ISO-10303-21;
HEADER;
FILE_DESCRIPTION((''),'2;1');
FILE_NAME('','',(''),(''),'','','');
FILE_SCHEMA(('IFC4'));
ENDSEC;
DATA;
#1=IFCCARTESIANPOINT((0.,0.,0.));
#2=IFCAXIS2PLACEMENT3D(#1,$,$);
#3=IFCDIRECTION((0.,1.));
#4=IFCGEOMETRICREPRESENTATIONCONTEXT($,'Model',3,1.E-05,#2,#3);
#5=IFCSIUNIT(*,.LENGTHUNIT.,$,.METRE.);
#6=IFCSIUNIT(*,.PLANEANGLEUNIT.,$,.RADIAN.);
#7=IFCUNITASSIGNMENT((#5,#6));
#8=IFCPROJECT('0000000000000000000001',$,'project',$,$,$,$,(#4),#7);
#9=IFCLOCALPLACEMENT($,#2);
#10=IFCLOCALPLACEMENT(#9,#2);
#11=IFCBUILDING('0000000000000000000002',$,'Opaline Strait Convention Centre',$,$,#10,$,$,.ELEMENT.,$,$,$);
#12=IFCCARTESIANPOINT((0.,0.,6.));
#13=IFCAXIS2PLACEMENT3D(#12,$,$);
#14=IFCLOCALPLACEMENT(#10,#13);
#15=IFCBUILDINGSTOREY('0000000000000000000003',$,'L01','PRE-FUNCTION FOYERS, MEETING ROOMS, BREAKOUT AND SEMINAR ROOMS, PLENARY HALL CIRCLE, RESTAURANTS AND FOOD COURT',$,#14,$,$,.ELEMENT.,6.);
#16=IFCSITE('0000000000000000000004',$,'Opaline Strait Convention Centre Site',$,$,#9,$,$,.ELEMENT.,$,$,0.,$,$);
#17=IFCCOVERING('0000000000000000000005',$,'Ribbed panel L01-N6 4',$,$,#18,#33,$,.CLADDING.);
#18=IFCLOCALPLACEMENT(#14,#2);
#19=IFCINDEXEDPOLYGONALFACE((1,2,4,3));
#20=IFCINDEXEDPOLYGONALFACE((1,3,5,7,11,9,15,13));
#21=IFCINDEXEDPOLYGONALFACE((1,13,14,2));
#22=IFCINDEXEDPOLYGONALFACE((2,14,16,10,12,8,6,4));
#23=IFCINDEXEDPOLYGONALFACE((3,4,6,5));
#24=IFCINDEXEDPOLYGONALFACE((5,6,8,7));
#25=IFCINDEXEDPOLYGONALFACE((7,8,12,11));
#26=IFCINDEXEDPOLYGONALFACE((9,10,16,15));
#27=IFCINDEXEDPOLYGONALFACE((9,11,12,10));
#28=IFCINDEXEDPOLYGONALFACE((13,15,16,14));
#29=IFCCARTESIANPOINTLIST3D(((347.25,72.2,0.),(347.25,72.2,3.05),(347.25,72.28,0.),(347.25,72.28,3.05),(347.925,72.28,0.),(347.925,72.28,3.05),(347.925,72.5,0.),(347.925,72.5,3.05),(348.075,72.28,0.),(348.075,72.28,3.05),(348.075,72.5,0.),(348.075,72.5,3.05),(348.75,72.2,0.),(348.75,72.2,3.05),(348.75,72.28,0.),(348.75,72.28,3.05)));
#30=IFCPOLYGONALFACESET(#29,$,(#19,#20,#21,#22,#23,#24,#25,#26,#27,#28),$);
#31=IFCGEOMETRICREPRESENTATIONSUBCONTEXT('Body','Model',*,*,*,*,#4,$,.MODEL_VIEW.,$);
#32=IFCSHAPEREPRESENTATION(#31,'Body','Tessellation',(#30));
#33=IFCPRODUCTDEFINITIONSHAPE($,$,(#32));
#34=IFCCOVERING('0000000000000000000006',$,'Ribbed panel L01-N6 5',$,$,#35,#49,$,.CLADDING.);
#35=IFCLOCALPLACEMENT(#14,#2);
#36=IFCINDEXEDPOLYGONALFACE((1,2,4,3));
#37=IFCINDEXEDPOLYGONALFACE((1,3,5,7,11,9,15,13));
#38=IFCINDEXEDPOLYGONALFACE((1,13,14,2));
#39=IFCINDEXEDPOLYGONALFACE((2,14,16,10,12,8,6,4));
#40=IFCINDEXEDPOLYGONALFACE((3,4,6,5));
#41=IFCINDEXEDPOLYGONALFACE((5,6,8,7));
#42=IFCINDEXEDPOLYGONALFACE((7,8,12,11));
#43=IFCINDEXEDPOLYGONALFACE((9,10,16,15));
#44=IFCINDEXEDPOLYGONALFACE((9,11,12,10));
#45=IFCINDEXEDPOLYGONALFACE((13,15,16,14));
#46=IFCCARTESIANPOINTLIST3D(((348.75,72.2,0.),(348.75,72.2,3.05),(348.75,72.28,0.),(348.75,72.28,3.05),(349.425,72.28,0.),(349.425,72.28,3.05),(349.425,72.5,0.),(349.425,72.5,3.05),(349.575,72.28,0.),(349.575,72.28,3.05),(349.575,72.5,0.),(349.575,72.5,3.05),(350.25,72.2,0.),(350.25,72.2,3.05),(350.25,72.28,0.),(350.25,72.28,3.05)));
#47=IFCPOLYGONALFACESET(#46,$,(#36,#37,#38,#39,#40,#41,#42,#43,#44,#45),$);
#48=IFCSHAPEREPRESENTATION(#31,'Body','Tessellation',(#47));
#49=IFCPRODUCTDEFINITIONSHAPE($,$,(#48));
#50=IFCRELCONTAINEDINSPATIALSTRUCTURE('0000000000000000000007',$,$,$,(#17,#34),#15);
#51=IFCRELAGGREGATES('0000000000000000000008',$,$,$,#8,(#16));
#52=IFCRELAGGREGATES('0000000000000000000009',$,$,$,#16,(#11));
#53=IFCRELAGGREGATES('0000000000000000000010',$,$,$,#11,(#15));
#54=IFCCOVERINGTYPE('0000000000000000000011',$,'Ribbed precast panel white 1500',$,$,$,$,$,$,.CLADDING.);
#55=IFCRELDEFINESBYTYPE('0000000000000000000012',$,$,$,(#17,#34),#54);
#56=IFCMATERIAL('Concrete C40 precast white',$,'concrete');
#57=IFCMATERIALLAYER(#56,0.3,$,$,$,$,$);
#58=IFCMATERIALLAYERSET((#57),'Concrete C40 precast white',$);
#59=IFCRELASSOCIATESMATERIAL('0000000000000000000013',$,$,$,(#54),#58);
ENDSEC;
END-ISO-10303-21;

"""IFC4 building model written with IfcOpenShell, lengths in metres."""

from ifc_helpers import new_model, si_unit, direction, frame, origin, place, context, subcontext, project, spatial, polyline, outline, extrude, material, layer, layer_set, type_object, element, save


model = new_model("IFC4")

# Units and contexts
model_context = context("Model", 3, precision=1e-05, world=origin(), true_north=direction((0.0, 1.0)))
body_context = subcontext(model_context, "Body", "Model", "MODEL_VIEW")
ifc_project = project(units=[si_unit("LENGTHUNIT", "METRE"), si_unit("PLANEANGLEUNIT", "RADIAN")], contexts=[model_context])

# Site, building, storey
site_placement = place(None, origin())
site = spatial("IfcSite", under=ifc_project, at=site_placement, Name="Opaline Strait Convention Centre Site", CompositionType="ELEMENT", RefElevation=0.0)
building_placement = place(site_placement, origin())
building = spatial("IfcBuilding", under=site, at=building_placement, Name="Opaline Strait Convention Centre", CompositionType="ELEMENT")
storey_placement = place(building_placement, frame((0.0, 0.0, 6.0)))
storey = spatial("IfcBuildingStorey", under=building, at=storey_placement, Name="L01", Description="PRE-FUNCTION FOYERS, MEETING ROOMS, BREAKOUT AND SEMINAR ROOMS, PLENARY HALL CIRCLE, RESTAURANTS AND FOOD COURT", CompositionType="ELEMENT", Elevation=6.0)

# Coverings
ifc_material_1 = material(Name="Concrete C40 precast white", Category="concrete")
ifc_layer_1 = layer(ifc_material_1, 0.3)
ifc_layer_set_1 = layer_set([ifc_layer_1], Name="Concrete C40 precast white")
covering_type = type_object("IfcCoveringType", Name="Ribbed precast panel white 1500", PredefinedType="CLADDING", material=ifc_layer_set_1)
covering_1_placement = place(storey_placement, origin())
element("IfcCovering", 1, at=covering_1_placement, inside=storey, type_object=covering_type, Name="Ribbed panel L01-N6 4", PredefinedType="CLADDING", context=body_context, shape_type="SweptSolid", body=[
    extrude(outline(polyline([(347.25, 72.2), (348.75, 72.2), (348.75, 72.28), (348.075, 72.28), (348.075, 72.5), (347.925, 72.5), (347.925, 72.28), (347.25, 72.28), (347.25, 72.2)])), origin(), (0.0, 0.0, 1.0), 3.05),
])
covering_2_placement = place(storey_placement, origin())
element("IfcCovering", 2, at=covering_2_placement, inside=storey, type_object=covering_type, Name="Ribbed panel L01-N6 5", PredefinedType="CLADDING", context=body_context, shape_type="SweptSolid", body=[
    extrude(outline(polyline([(348.75, 72.2), (350.25, 72.2), (350.25, 72.28), (349.575, 72.28), (349.575, 72.5), (349.425, 72.5), (349.425, 72.28), (348.75, 72.28), (348.75, 72.2)])), origin(), (0.0, 0.0, 1.0), 3.05),
])

save(model, "model.ifc")
